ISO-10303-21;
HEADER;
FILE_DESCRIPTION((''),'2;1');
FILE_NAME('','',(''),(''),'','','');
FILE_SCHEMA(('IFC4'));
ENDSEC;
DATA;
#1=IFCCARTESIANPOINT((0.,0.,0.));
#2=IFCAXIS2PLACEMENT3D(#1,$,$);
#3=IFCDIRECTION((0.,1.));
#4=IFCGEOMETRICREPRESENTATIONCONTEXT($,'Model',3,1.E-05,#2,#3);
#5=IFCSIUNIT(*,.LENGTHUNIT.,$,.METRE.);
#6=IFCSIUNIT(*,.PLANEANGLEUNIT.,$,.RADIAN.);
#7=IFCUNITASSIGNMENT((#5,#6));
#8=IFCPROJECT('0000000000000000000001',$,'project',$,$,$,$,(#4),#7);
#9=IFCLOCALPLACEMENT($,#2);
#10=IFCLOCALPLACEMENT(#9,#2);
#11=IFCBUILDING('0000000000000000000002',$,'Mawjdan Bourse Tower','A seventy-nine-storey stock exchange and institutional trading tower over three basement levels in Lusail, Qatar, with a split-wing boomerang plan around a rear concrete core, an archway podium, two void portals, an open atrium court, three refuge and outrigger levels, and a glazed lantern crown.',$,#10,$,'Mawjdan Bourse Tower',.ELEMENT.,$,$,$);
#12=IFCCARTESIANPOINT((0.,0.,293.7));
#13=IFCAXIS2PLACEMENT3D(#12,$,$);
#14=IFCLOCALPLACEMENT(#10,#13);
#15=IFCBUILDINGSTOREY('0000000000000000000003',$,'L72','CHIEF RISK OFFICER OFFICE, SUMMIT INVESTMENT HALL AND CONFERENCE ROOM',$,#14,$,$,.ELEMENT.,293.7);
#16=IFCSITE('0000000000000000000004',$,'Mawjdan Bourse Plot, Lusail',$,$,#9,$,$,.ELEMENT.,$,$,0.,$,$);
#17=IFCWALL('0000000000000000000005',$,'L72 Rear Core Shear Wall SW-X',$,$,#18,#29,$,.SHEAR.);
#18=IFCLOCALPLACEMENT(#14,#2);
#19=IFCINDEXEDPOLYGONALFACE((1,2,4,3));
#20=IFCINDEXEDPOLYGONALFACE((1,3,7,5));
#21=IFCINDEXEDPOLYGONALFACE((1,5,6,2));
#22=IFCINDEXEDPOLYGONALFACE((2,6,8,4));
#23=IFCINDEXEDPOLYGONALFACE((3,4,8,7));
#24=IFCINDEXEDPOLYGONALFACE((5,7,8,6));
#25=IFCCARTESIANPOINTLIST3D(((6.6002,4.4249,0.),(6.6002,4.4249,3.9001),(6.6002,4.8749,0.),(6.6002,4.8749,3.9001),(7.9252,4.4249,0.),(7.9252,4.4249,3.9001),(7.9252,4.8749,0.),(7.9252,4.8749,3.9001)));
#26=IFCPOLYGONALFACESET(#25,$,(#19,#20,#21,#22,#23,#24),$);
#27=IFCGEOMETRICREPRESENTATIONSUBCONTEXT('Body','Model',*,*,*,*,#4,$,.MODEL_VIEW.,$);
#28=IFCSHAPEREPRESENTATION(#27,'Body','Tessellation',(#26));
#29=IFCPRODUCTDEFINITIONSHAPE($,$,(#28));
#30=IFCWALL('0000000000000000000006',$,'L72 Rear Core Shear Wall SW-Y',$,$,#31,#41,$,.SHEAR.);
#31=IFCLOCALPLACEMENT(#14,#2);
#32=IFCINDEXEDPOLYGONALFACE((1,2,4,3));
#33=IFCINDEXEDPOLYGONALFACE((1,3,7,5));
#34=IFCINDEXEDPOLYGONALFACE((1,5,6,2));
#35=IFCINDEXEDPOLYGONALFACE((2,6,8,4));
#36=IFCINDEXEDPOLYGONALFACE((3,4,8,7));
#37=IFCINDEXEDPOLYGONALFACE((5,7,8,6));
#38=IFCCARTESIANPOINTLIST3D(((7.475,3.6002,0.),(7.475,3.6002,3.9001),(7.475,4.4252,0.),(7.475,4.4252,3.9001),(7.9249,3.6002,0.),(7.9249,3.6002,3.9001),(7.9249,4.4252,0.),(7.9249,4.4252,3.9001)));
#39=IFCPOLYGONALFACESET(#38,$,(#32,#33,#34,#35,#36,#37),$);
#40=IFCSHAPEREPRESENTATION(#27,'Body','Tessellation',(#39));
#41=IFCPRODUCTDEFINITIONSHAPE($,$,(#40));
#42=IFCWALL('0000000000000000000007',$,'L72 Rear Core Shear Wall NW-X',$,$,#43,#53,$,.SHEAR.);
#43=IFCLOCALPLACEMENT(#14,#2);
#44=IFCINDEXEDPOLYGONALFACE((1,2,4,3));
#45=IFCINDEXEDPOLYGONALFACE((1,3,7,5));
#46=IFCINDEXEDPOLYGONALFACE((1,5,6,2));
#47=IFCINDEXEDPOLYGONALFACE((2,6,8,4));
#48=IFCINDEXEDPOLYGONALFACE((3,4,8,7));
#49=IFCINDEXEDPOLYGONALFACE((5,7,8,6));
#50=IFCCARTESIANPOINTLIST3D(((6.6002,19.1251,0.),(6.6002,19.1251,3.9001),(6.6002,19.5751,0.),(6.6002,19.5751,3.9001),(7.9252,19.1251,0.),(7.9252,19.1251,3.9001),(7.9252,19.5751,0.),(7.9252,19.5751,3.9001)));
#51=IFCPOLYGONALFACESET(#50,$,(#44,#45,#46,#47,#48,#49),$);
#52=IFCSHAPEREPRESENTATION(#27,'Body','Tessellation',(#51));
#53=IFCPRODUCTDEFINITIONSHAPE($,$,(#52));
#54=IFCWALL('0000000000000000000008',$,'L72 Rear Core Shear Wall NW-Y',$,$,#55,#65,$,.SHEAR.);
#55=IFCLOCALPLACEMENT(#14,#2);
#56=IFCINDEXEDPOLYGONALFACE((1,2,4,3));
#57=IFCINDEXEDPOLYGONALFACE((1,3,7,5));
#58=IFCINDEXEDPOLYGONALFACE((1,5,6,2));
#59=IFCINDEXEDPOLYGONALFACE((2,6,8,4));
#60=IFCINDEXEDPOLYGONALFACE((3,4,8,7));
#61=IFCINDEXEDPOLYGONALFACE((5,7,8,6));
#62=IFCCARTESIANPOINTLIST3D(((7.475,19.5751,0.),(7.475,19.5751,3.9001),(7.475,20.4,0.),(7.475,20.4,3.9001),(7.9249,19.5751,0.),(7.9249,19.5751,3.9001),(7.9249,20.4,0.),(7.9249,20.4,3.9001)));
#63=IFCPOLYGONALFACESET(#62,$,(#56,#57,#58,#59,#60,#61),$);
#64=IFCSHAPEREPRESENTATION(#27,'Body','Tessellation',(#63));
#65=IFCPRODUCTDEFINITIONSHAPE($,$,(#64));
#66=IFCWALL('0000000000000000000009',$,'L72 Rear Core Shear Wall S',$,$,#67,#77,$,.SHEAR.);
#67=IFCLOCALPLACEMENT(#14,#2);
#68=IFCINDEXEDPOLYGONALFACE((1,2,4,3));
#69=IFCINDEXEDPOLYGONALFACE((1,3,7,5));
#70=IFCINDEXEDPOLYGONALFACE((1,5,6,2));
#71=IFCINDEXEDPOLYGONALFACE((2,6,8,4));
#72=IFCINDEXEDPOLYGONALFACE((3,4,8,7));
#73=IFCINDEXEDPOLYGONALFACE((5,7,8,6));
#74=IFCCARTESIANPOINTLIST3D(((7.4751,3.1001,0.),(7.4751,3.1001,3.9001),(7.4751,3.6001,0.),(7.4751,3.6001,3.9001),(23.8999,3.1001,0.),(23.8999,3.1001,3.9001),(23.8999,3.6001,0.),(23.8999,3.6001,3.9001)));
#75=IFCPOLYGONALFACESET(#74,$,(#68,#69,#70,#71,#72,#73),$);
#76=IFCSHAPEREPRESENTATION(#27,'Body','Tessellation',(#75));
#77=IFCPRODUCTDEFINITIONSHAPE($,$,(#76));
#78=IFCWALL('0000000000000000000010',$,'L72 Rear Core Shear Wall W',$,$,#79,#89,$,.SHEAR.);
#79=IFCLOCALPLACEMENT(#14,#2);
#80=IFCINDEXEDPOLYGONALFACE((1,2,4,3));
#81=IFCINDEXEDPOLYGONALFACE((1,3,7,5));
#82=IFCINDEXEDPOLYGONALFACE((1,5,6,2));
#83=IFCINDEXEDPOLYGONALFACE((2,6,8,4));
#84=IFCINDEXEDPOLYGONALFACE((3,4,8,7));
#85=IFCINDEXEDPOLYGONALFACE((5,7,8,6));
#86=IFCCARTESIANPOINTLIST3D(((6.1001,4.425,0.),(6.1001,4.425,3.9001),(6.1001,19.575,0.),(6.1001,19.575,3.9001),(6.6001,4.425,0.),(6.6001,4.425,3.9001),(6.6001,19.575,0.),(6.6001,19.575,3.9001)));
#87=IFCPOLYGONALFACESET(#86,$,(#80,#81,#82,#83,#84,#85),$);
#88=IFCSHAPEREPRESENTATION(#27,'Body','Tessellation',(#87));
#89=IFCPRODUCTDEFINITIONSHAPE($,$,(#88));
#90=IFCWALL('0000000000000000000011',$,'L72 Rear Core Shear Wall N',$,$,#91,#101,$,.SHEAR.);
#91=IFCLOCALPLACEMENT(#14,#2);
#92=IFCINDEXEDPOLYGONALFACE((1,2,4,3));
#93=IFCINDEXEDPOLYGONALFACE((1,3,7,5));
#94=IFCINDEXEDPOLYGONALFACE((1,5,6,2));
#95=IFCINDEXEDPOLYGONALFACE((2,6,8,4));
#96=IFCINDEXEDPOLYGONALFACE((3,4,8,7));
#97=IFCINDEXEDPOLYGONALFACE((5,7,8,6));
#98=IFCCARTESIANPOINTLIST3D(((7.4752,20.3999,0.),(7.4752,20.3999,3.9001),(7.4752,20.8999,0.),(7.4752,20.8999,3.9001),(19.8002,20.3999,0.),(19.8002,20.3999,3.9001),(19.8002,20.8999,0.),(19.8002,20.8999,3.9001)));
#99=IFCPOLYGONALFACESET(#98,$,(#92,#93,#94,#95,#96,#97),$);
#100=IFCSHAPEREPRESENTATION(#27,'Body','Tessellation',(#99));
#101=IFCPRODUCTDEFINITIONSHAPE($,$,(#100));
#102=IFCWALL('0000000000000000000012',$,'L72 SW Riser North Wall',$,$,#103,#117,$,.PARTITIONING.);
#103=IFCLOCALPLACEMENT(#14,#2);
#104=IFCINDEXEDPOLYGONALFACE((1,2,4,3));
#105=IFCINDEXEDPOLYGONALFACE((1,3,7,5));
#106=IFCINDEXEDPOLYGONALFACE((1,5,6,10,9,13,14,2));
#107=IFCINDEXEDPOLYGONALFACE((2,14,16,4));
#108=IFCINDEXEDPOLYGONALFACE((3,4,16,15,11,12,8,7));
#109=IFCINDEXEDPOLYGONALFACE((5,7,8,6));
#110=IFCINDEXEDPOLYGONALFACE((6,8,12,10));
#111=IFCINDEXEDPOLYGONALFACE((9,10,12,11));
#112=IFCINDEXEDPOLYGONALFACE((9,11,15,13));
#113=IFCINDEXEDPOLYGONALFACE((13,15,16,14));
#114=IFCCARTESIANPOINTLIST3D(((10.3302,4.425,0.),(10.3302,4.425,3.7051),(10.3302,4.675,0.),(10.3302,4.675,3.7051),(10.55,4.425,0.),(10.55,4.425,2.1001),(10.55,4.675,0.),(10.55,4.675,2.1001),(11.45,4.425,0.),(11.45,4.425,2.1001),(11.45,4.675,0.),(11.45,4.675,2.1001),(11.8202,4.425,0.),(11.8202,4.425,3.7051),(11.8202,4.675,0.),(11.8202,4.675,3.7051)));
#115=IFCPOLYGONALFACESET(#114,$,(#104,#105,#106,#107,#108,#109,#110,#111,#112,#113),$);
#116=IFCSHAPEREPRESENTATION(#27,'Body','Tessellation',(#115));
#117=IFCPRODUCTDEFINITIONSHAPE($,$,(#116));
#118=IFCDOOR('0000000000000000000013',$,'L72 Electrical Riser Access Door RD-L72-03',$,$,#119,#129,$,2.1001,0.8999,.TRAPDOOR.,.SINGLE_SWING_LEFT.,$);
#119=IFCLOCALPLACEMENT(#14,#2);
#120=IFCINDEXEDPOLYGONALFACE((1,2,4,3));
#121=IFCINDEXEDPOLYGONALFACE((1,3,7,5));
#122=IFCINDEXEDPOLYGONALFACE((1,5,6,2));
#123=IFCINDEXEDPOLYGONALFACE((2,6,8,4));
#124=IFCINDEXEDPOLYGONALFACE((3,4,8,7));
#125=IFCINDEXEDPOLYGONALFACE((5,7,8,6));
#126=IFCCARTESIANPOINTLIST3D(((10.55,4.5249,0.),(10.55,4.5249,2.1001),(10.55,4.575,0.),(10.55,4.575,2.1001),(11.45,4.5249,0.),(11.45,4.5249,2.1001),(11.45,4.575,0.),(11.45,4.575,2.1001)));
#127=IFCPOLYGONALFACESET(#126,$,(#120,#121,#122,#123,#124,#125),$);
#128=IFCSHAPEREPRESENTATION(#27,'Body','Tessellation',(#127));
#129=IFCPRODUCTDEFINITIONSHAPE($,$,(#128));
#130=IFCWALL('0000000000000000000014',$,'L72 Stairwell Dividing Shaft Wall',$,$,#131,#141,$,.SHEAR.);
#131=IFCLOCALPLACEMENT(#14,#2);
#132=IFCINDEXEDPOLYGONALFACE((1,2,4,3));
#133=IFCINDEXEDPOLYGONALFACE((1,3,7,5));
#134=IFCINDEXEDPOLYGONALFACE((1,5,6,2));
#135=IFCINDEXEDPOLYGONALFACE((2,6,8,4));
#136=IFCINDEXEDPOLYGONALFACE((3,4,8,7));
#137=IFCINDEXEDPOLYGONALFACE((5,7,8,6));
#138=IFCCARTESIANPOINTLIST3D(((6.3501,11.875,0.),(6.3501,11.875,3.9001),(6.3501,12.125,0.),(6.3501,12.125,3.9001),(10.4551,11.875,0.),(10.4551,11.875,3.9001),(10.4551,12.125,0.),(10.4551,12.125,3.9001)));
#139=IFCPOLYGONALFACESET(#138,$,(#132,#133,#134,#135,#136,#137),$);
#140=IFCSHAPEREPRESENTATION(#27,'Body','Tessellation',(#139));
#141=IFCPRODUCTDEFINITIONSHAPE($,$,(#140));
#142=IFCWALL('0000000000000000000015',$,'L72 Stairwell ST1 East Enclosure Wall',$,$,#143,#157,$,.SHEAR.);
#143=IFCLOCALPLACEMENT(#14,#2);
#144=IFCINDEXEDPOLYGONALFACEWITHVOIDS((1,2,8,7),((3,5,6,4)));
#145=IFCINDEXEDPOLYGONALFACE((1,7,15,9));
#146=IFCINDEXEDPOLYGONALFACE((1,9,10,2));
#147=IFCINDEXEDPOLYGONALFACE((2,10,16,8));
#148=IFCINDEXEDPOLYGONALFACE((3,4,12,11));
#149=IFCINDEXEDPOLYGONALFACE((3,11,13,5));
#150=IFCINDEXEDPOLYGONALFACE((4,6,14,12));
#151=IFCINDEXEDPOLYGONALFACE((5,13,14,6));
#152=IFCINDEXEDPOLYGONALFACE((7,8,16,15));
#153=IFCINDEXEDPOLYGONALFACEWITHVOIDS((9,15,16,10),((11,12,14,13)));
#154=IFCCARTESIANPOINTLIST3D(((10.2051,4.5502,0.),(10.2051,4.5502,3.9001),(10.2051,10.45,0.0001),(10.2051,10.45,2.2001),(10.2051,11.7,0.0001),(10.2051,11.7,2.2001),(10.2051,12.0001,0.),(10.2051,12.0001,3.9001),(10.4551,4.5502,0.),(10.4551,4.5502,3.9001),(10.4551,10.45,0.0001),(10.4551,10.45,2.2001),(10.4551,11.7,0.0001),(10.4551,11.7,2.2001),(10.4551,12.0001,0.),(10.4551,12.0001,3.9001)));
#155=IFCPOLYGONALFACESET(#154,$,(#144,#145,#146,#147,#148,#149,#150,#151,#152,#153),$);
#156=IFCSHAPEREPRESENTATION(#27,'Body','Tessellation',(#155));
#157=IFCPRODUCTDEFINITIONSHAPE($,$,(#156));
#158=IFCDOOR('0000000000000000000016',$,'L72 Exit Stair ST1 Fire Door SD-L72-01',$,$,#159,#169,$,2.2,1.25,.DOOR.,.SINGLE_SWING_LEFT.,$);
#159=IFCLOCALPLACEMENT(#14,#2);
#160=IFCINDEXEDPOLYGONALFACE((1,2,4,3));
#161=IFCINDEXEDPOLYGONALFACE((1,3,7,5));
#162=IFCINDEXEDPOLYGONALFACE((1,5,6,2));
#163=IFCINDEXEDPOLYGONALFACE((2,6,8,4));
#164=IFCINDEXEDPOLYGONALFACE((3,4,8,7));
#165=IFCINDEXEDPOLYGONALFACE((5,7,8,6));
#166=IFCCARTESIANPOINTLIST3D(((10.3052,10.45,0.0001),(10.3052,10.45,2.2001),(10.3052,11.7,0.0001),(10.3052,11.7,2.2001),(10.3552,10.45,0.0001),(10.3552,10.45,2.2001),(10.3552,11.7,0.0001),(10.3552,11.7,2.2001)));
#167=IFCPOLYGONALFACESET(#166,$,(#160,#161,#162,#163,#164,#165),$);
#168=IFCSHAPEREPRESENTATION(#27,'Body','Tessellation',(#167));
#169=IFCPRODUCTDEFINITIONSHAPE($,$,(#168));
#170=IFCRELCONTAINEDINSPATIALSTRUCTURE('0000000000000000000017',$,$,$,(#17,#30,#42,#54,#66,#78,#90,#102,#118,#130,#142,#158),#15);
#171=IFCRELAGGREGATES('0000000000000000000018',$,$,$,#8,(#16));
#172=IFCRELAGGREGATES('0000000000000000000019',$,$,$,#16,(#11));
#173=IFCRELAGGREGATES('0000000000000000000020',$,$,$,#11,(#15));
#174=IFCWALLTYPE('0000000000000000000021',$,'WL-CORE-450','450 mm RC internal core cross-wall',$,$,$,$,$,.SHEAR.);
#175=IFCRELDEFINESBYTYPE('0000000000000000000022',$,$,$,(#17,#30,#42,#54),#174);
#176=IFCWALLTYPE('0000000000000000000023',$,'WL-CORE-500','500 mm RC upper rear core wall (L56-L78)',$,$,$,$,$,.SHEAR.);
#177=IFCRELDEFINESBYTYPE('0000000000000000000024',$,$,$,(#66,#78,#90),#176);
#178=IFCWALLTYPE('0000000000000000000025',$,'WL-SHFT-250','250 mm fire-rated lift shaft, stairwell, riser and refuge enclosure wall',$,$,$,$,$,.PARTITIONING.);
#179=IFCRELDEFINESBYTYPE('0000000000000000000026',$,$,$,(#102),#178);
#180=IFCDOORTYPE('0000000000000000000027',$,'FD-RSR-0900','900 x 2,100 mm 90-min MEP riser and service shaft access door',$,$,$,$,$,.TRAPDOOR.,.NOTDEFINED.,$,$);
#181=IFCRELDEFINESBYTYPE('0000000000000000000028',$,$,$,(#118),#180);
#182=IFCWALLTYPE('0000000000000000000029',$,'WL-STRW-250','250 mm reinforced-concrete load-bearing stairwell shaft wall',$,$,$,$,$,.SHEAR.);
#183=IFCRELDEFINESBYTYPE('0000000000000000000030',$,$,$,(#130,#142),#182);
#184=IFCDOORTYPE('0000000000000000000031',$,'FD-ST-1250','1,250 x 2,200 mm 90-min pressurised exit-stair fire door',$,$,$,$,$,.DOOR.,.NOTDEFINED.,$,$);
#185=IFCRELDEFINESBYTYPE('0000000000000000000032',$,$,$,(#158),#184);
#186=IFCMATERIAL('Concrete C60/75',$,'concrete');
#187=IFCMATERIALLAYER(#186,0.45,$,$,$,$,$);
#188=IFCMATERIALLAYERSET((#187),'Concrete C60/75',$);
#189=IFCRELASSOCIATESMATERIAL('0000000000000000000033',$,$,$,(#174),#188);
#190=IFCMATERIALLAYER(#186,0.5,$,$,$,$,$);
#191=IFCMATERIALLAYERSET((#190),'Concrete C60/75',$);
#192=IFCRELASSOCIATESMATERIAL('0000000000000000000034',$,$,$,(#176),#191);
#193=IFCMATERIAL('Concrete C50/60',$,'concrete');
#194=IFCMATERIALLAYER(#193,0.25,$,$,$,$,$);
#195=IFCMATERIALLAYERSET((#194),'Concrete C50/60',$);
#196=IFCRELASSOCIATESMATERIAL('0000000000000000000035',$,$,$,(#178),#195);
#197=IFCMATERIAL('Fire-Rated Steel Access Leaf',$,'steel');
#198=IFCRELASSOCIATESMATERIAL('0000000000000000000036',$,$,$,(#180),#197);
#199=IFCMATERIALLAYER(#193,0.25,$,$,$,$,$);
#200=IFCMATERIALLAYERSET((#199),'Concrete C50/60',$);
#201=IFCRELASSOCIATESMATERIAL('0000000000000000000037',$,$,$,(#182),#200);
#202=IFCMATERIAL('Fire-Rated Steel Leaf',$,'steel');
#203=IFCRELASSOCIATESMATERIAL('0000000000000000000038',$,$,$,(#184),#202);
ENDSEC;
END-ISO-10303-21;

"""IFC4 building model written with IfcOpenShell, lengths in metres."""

from ifc_helpers import new_model, si_unit, direction, frame, frame_2d, origin, place, context, subcontext, project, spatial, rectangle, extrude, material, layer, layer_set, type_object, element, fill, save


model = new_model("IFC4")

# Units and contexts
model_context = context("Model", 3, precision=1e-05, world=origin(), true_north=direction((0.0, 1.0)))
body_context = subcontext(model_context, "Body", "Model", "MODEL_VIEW")
ifc_project = project(units=[si_unit("LENGTHUNIT", "METRE"), si_unit("PLANEANGLEUNIT", "RADIAN")], contexts=[model_context])

# Site, building, storey
site_placement = place(None, origin())
site = spatial("IfcSite", under=ifc_project, at=site_placement, Name="Mawjdan Bourse Plot, Lusail", CompositionType="ELEMENT", RefElevation=0.0)
building_placement = place(site_placement, origin())
building = spatial("IfcBuilding", under=site, at=building_placement, Name="Mawjdan Bourse Tower", Description="A seventy-nine-storey stock exchange and institutional trading tower over three basement levels in Lusail, Qatar, with a split-wing boomerang plan around a rear concrete core, an archway podium, two void portals, an open atrium court, three refuge and outrigger levels, and a glazed lantern crown.", LongName="Mawjdan Bourse Tower", CompositionType="ELEMENT")
storey_placement = place(building_placement, frame((0.0, 0.0, 293.7)))
storey = spatial("IfcBuildingStorey", under=building, at=storey_placement, Name="L72", Description="CHIEF RISK OFFICER OFFICE, SUMMIT INVESTMENT HALL AND CONFERENCE ROOM", CompositionType="ELEMENT", Elevation=293.7)

# Shared definitions
ifc_material_1 = material(Name="Concrete C50/60", Category="concrete")

# Walls
ifc_material_2 = material(Name="Concrete C60/75", Category="concrete")
ifc_layer_1 = layer(ifc_material_2, 0.45)
ifc_layer_set_1 = layer_set([ifc_layer_1], Name="Concrete C60/75")
wall_type_1 = type_object("IfcWallType", Name="WL-CORE-450", Description="450 mm RC internal core cross-wall", PredefinedType="SHEAR", material=ifc_layer_set_1)
wall_1_placement = place(storey_placement, frame((6.6001, 4.6499, 0.0), z_axis=(0.0, 0.0, 1.0), x_axis=(1.0, 0.0, 0.0)))
element("IfcWall", 1, at=wall_1_placement, inside=storey, type_object=wall_type_1, Name="L72 Rear Core Shear Wall SW-X", PredefinedType="SHEAR", context=body_context, shape_type="SweptSolid", body=[
    extrude(rectangle(XDim=1.325, YDim=0.45, at=frame_2d((0.6626, 0.0))), origin(), (0.0, 0.0, 1.0), 3.9001),
])
wall_2_placement = place(storey_placement, frame((7.7, 3.6001, 0.0), z_axis=(0.0, 0.0, 1.0), x_axis=(0.0, 1.0, 0.0)))
element("IfcWall", 2, at=wall_2_placement, inside=storey, type_object=wall_type_1, Name="L72 Rear Core Shear Wall SW-Y", PredefinedType="SHEAR", context=body_context, shape_type="SweptSolid", body=[
    extrude(rectangle(XDim=0.825, YDim=0.45, at=frame_2d((0.4126, 0.0))), origin(), (0.0, 0.0, 1.0), 3.9001),
])
wall_3_placement = place(storey_placement, frame((6.6001, 19.3501, 0.0), z_axis=(0.0, 0.0, 1.0), x_axis=(1.0, 0.0, 0.0)))
element("IfcWall", 3, at=wall_3_placement, inside=storey, type_object=wall_type_1, Name="L72 Rear Core Shear Wall NW-X", PredefinedType="SHEAR", context=body_context, shape_type="SweptSolid", body=[
    extrude(rectangle(XDim=1.325, YDim=0.45, at=frame_2d((0.6626, 0.0))), origin(), (0.0, 0.0, 1.0), 3.9001),
])
wall_4_placement = place(storey_placement, frame((7.7, 19.575, 0.0), z_axis=(0.0, 0.0, 1.0), x_axis=(0.0, 1.0, 0.0)))
element("IfcWall", 4, at=wall_4_placement, inside=storey, type_object=wall_type_1, Name="L72 Rear Core Shear Wall NW-Y", PredefinedType="SHEAR", context=body_context, shape_type="SweptSolid", body=[
    extrude(rectangle(XDim=0.825, YDim=0.45, at=frame_2d((0.4126, 0.0))), origin(), (0.0, 0.0, 1.0), 3.9001),
])
ifc_layer_2 = layer(ifc_material_2, 0.5)
ifc_layer_set_2 = layer_set([ifc_layer_2], Name="Concrete C60/75")
wall_type_2 = type_object("IfcWallType", Name="WL-CORE-500", Description="500 mm RC upper rear core wall (L56-L78)", PredefinedType="SHEAR", material=ifc_layer_set_2)
wall_5_placement = place(storey_placement, frame((7.4751, 3.3501, 0.0), z_axis=(0.0, 0.0, 1.0), x_axis=(1.0, 0.0, 0.0)))
element("IfcWall", 5, at=wall_5_placement, inside=storey, type_object=wall_type_2, Name="L72 Rear Core Shear Wall S", PredefinedType="SHEAR", context=body_context, shape_type="SweptSolid", body=[
    extrude(rectangle(XDim=16.4248, YDim=0.5, at=frame_2d((8.2124, 0.0))), origin(), (0.0, 0.0, 1.0), 3.9001),
])
wall_6_placement = place(storey_placement, frame((6.3501, 4.425, 0.0), z_axis=(0.0, 0.0, 1.0), x_axis=(0.0, 1.0, 0.0)))
element("IfcWall", 6, at=wall_6_placement, inside=storey, type_object=wall_type_2, Name="L72 Rear Core Shear Wall W", PredefinedType="SHEAR", context=body_context, shape_type="SweptSolid", body=[
    extrude(rectangle(XDim=15.1499, YDim=0.5, at=frame_2d((7.575, 0.0))), origin(), (0.0, 0.0, 1.0), 3.9001),
])
wall_7_placement = place(storey_placement, frame((7.4751, 20.6499, 0.0), z_axis=(0.0, 0.0, 1.0), x_axis=(1.0, 0.0, 0.0)))
element("IfcWall", 7, at=wall_7_placement, inside=storey, type_object=wall_type_2, Name="L72 Rear Core Shear Wall N", PredefinedType="SHEAR", context=body_context, shape_type="SweptSolid", body=[
    extrude(rectangle(XDim=12.325, YDim=0.5, at=frame_2d((6.1626, 0.0))), origin(), (0.0, 0.0, 1.0), 3.9001),
])

# Wall, opening, door
ifc_layer_3 = layer(ifc_material_1, 0.25)
ifc_layer_set_3 = layer_set([ifc_layer_3], Name="Concrete C50/60")
wall_type_3 = type_object("IfcWallType", Name="WL-SHFT-250", Description="250 mm fire-rated lift shaft, stairwell, riser and refuge enclosure wall", PredefinedType="PARTITIONING", material=ifc_layer_set_3)
wall_8_placement = place(storey_placement, frame((10.3301, 4.55, 0.0), z_axis=(0.0, 0.0, 1.0), x_axis=(1.0, 0.0, 0.0)))
wall_8 = element("IfcWall", 8, at=wall_8_placement, inside=storey, type_object=wall_type_3, Name="L72 SW Riser North Wall", PredefinedType="PARTITIONING", context=body_context, shape_type="SweptSolid", body=[
    extrude(rectangle(XDim=1.49, YDim=0.25, at=frame_2d((0.7451, 0.0))), origin(), (0.0, 0.0, 1.0), 3.7051),
])
opening_1_placement = place(wall_8_placement, frame((0.22, 0.0, 0.0)))
opening_1 = element("IfcOpeningElement", 9, at=opening_1_placement, cuts=wall_8, PredefinedType="OPENING", context=body_context, shape_type="SweptSolid", body=[
    extrude(rectangle(XDim=0.8999, YDim=2.1001, at=frame_2d((0.45, 1.05))), frame((0.0, 0.135, 0.0), z_axis=(0.0, -1.0, 0.0), x_axis=(1.0, 0.0, 0.0)), (0.0, 0.0, 1.0), 0.27),
])
ifc_material_3 = material(Name="Fire-Rated Steel Access Leaf", Category="steel")
door_type_1 = type_object("IfcDoorType", Name="FD-RSR-0900", Description="900 x 2,100 mm 90-min MEP riser and service shaft access door", OperationType="NOTDEFINED", PredefinedType="TRAPDOOR", material=ifc_material_3)
door_1_placement = place(opening_1_placement, origin())
door_1 = element("IfcDoor", 10, at=door_1_placement, inside=storey, type_object=door_type_1, Name="L72 Electrical Riser Access Door RD-L72-03", OperationType="SINGLE_SWING_LEFT", OverallHeight=2.1001, OverallWidth=0.8999, PredefinedType="TRAPDOOR", context=body_context, shape_type="SweptSolid", body=[
    extrude(rectangle(XDim=0.8999, YDim=2.1001, at=frame_2d((0.45, 1.05))), frame((0.0, 0.0249, 0.0), z_axis=(0.0, -1.0, 0.0), x_axis=(1.0, 0.0, 0.0)), (0.0, 0.0, 1.0), 0.05),
])
fill(opening_1, door_1)

# Wall
ifc_layer_4 = layer(ifc_material_1, 0.25)
ifc_layer_set_4 = layer_set([ifc_layer_4], Name="Concrete C50/60")
wall_type_4 = type_object("IfcWallType", Name="WL-STRW-250", Description="250 mm reinforced-concrete load-bearing stairwell shaft wall", PredefinedType="SHEAR", material=ifc_layer_set_4)
wall_9_placement = place(storey_placement, frame((6.3501, 12.0, 0.0), z_axis=(0.0, 0.0, 1.0), x_axis=(1.0, 0.0, 0.0)))
element("IfcWall", 11, at=wall_9_placement, inside=storey, type_object=wall_type_4, Name="L72 Stairwell Dividing Shaft Wall", PredefinedType="SHEAR", context=body_context, shape_type="SweptSolid", body=[
    extrude(rectangle(XDim=4.105, YDim=0.25, at=frame_2d((2.0525, 0.0))), origin(), (0.0, 0.0, 1.0), 3.9001),
])

# Wall, opening, door
wall_10_placement = place(storey_placement, frame((10.3301, 4.55, 0.0), z_axis=(0.0, 0.0, 1.0), x_axis=(0.0, 1.0, 0.0)))
wall_10 = element("IfcWall", 12, at=wall_10_placement, inside=storey, type_object=wall_type_4, Name="L72 Stairwell ST1 East Enclosure Wall", PredefinedType="SHEAR", context=body_context, shape_type="SweptSolid", body=[
    extrude(rectangle(XDim=7.45, YDim=0.25, at=frame_2d((3.7251, 0.0))), origin(), (0.0, 0.0, 1.0), 3.9001),
])
opening_2_placement = place(wall_10_placement, frame((5.8999, 0.0, 0.0)))
opening_2 = element("IfcOpeningElement", 13, at=opening_2_placement, cuts=wall_10, PredefinedType="OPENING", context=body_context, shape_type="SweptSolid", body=[
    extrude(rectangle(XDim=1.25, YDim=2.2, at=frame_2d((0.625, 1.1001))), frame((0.0, 0.135, 0.0), z_axis=(0.0, -1.0, 0.0), x_axis=(1.0, 0.0, 0.0)), (0.0, 0.0, 1.0), 0.27),
])
ifc_material_4 = material(Name="Fire-Rated Steel Leaf", Category="steel")
door_type_2 = type_object("IfcDoorType", Name="FD-ST-1250", Description="1,250 x 2,200 mm 90-min pressurised exit-stair fire door", OperationType="NOTDEFINED", PredefinedType="DOOR", material=ifc_material_4)
door_2_placement = place(opening_2_placement, origin())
door_2 = element("IfcDoor", 14, at=door_2_placement, inside=storey, type_object=door_type_2, Name="L72 Exit Stair ST1 Fire Door SD-L72-01", OperationType="SINGLE_SWING_LEFT", OverallHeight=2.2, OverallWidth=1.25, PredefinedType="DOOR", context=body_context, shape_type="SweptSolid", body=[
    extrude(rectangle(XDim=1.25, YDim=2.2, at=frame_2d((0.625, 1.1001))), frame((0.0, 0.0249, 0.0), z_axis=(0.0, -1.0, 0.0), x_axis=(1.0, 0.0, 0.0)), (0.0, 0.0, 1.0), 0.05),
])
fill(opening_2, door_2)

save(model, "model.ifc")
